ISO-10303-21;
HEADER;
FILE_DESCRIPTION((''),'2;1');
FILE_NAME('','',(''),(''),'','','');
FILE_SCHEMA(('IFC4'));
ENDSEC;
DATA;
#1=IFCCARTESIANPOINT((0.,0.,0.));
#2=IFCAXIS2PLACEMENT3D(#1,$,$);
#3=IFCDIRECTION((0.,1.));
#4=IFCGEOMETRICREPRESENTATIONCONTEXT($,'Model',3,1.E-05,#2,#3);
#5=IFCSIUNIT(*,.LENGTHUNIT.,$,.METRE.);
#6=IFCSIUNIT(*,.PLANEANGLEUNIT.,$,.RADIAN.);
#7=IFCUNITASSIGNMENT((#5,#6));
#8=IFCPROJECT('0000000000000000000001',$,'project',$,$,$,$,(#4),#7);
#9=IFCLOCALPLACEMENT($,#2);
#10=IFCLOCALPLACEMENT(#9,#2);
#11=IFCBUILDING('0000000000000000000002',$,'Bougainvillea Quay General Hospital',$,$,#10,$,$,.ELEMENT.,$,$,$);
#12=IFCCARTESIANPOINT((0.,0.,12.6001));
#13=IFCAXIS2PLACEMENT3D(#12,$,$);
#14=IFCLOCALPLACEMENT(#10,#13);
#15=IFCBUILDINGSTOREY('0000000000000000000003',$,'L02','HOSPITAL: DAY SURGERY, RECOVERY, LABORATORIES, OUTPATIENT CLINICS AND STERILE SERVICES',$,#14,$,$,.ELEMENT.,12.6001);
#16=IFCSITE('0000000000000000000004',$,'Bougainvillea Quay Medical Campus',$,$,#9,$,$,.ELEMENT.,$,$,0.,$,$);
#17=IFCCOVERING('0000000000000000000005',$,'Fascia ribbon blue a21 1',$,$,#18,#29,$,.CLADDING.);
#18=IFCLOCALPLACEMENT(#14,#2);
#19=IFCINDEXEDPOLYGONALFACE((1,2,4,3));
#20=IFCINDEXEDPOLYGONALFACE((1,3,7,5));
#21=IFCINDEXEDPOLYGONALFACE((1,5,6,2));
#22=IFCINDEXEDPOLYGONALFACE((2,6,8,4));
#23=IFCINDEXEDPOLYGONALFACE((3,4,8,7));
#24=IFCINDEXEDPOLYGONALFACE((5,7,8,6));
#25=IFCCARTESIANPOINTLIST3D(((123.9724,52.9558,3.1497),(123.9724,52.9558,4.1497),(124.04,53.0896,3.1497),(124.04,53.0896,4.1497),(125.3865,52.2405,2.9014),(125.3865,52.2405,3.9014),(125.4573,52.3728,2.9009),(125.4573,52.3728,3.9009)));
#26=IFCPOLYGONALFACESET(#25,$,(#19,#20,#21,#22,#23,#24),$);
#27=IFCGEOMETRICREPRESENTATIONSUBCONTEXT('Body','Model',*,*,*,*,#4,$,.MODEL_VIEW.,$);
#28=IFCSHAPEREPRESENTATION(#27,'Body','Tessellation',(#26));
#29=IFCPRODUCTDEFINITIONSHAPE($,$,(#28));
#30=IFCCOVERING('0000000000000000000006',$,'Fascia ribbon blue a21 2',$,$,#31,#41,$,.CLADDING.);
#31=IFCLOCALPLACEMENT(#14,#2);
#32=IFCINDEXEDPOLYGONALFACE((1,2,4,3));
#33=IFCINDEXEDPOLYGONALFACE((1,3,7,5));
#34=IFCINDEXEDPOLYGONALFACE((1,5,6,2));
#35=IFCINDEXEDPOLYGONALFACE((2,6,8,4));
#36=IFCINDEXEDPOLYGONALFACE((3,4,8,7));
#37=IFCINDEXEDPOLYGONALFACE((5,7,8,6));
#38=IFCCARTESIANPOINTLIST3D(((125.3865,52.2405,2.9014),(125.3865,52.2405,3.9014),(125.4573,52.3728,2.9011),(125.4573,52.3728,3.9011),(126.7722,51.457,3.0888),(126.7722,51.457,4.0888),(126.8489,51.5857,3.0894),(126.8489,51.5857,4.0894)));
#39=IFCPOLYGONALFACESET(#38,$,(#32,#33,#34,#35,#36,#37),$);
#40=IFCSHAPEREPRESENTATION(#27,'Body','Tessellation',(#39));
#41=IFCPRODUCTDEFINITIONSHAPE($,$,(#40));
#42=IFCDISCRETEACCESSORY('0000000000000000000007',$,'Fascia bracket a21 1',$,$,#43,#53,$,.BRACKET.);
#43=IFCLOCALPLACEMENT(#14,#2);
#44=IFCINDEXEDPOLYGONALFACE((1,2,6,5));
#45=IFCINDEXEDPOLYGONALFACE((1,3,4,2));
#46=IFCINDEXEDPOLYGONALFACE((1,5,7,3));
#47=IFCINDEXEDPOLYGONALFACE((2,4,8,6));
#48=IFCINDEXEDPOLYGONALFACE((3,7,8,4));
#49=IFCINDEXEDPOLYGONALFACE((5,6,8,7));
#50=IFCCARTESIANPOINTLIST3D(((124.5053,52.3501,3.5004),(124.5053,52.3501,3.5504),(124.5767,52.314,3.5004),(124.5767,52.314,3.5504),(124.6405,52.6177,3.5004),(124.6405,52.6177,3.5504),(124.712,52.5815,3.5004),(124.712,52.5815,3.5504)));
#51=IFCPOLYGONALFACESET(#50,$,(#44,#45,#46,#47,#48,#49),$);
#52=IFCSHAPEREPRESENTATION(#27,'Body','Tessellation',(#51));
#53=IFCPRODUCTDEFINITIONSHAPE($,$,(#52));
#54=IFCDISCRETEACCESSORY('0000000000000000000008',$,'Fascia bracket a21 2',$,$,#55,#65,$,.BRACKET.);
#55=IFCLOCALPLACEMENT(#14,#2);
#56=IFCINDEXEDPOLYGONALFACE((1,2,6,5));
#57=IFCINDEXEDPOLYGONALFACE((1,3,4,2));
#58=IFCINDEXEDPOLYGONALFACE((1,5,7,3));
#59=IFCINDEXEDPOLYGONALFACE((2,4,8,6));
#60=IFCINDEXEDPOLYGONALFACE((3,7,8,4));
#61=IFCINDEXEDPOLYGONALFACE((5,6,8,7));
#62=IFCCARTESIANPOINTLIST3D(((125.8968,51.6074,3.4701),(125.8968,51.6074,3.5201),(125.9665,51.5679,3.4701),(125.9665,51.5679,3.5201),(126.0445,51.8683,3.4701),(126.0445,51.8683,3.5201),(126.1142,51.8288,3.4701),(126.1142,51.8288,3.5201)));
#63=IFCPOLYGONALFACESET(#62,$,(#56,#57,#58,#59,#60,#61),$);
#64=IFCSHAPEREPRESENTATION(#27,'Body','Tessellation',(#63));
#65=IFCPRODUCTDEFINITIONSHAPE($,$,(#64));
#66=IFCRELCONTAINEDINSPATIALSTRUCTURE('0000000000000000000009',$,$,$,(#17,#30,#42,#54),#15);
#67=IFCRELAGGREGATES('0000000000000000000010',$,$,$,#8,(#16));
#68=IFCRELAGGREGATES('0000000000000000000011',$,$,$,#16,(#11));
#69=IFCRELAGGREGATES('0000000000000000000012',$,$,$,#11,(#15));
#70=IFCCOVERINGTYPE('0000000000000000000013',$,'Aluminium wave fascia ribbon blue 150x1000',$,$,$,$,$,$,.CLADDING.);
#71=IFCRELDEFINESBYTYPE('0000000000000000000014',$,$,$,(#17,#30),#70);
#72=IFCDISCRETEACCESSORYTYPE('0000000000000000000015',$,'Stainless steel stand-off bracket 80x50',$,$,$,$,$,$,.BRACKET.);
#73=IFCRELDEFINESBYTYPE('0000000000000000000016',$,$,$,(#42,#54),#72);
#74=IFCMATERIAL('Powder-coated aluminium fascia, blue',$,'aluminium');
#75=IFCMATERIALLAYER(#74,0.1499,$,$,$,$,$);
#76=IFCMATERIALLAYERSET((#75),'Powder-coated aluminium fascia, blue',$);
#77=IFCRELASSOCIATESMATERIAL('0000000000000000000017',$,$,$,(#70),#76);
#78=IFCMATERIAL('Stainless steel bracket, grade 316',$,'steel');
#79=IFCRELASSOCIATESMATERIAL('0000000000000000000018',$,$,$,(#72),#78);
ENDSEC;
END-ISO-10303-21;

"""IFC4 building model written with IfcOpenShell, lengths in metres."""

from ifc_helpers import new_model, si_unit, direction, frame, origin, origin_2d, place, context, subcontext, project, spatial, polyline, rectangle, outline, extrude, material, layer, layer_set, material_profile, profile_set, type_object, element, save


model = new_model("IFC4")

# Units and contexts
model_context = context("Model", 3, precision=1e-05, world=origin(), true_north=direction((0.0, 1.0)))
body_context = subcontext(model_context, "Body", "Model", "MODEL_VIEW")
ifc_project = project(units=[si_unit("LENGTHUNIT", "METRE"), si_unit("PLANEANGLEUNIT", "RADIAN")], contexts=[model_context])

# Site, building, storey
site_placement = place(None, origin())
site = spatial("IfcSite", under=ifc_project, at=site_placement, Name="Bougainvillea Quay Medical Campus", CompositionType="ELEMENT", RefElevation=0.0)
building_placement = place(site_placement, origin())
building = spatial("IfcBuilding", under=site, at=building_placement, Name="Bougainvillea Quay General Hospital", CompositionType="ELEMENT")
storey_placement = place(building_placement, frame((0.0, 0.0, 12.6001)))
storey = spatial("IfcBuildingStorey", under=building, at=storey_placement, Name="L02", Description="HOSPITAL: DAY SURGERY, RECOVERY, LABORATORIES, OUTPATIENT CLINICS AND STERILE SERVICES", CompositionType="ELEMENT", Elevation=12.6001)

# Coverings
ifc_material_1 = material(Name="Powder-coated aluminium fascia, blue", Category="aluminium")
ifc_layer_1 = layer(ifc_material_1, 0.1499)
ifc_layer_set_1 = layer_set([ifc_layer_1], Name="Powder-coated aluminium fascia, blue")
covering_type = type_object("IfcCoveringType", Name="Aluminium wave fascia ribbon blue 150x1000", PredefinedType="CLADDING", material=ifc_layer_set_1)
covering_1_placement = place(storey_placement, frame((123.9724, 52.9558, 3.1497), z_axis=(0.138042, -0.069995, 0.98795), x_axis=(0.88157, -0.44596, -0.154774)))
element("IfcCovering", 1, at=covering_1_placement, inside=storey, type_object=covering_type, Name="Fascia ribbon blue a21 1", PredefinedType="CLADDING", context=body_context, shape_type="SweptSolid", body=[
    extrude(outline(polyline([(0.0, 0.0), (1.604, 0.0), (1.6075, 0.15), (0.0, 0.1499), (0.0, 0.0)])), origin(), (-0.154774, 0.000144, 0.98795), 1.0),
])
covering_2_placement = place(storey_placement, frame((125.3865, 52.2405, 2.9014), z_axis=(-0.102221, 0.056827, 0.993137), x_axis=(0.864535, -0.488776, 0.116952)))
element("IfcCovering", 2, at=covering_2_placement, inside=storey, type_object=covering_type, Name="Fascia ribbon blue a21 2", PredefinedType="CLADDING", context=body_context, shape_type="SweptSolid", body=[
    extrude(outline(polyline([(0.0, 0.0), (1.6029, 0.0), (1.6063, 0.1497), (-0.0035, 0.15), (0.0, 0.0)])), origin(), (0.116952, 0.000834, 0.993137), 1.0),
])

# Discrete accessories
ifc_material_2 = material(Name="Stainless steel bracket, grade 316", Category="steel")
ifc_material_profile_1 = material_profile(ifc_material_2, rectangle(XDim=0.0801, YDim=0.05, at=origin_2d()))
ifc_profile_set_1 = profile_set([ifc_material_profile_1], Name="Stainless steel bracket, grade 316")
discrete_accessory_type = type_object("IfcDiscreteAccessoryType", Name="Stainless steel stand-off bracket 80x50", PredefinedType="BRACKET", material=ifc_profile_set_1)
for number, where, z_axis, x_axis, name in (
    (3, (124.541, 52.332, 3.5254), (0.451118, 0.892464, 0.0), (-0.892464, 0.451118, 0.0), "Fascia bracket a21 1"),
    (4, (125.9316, 51.5876, 3.4951), (0.49254, 0.87029, 0.0), (-0.87029, 0.49254, 0.0), "Fascia bracket a21 2"),
):
    element("IfcDiscreteAccessory", number, at=place(storey_placement, frame(where, z_axis=z_axis, x_axis=x_axis)), inside=storey, type_object=discrete_accessory_type, Name=name, PredefinedType="BRACKET", context=body_context, shape_type="SweptSolid", body=[
        extrude(rectangle(XDim=0.0801, YDim=0.05, at=origin_2d()), origin(), (0.0, 0.0, 1.0), 0.2998),
    ])

save(model, "model.ifc")
